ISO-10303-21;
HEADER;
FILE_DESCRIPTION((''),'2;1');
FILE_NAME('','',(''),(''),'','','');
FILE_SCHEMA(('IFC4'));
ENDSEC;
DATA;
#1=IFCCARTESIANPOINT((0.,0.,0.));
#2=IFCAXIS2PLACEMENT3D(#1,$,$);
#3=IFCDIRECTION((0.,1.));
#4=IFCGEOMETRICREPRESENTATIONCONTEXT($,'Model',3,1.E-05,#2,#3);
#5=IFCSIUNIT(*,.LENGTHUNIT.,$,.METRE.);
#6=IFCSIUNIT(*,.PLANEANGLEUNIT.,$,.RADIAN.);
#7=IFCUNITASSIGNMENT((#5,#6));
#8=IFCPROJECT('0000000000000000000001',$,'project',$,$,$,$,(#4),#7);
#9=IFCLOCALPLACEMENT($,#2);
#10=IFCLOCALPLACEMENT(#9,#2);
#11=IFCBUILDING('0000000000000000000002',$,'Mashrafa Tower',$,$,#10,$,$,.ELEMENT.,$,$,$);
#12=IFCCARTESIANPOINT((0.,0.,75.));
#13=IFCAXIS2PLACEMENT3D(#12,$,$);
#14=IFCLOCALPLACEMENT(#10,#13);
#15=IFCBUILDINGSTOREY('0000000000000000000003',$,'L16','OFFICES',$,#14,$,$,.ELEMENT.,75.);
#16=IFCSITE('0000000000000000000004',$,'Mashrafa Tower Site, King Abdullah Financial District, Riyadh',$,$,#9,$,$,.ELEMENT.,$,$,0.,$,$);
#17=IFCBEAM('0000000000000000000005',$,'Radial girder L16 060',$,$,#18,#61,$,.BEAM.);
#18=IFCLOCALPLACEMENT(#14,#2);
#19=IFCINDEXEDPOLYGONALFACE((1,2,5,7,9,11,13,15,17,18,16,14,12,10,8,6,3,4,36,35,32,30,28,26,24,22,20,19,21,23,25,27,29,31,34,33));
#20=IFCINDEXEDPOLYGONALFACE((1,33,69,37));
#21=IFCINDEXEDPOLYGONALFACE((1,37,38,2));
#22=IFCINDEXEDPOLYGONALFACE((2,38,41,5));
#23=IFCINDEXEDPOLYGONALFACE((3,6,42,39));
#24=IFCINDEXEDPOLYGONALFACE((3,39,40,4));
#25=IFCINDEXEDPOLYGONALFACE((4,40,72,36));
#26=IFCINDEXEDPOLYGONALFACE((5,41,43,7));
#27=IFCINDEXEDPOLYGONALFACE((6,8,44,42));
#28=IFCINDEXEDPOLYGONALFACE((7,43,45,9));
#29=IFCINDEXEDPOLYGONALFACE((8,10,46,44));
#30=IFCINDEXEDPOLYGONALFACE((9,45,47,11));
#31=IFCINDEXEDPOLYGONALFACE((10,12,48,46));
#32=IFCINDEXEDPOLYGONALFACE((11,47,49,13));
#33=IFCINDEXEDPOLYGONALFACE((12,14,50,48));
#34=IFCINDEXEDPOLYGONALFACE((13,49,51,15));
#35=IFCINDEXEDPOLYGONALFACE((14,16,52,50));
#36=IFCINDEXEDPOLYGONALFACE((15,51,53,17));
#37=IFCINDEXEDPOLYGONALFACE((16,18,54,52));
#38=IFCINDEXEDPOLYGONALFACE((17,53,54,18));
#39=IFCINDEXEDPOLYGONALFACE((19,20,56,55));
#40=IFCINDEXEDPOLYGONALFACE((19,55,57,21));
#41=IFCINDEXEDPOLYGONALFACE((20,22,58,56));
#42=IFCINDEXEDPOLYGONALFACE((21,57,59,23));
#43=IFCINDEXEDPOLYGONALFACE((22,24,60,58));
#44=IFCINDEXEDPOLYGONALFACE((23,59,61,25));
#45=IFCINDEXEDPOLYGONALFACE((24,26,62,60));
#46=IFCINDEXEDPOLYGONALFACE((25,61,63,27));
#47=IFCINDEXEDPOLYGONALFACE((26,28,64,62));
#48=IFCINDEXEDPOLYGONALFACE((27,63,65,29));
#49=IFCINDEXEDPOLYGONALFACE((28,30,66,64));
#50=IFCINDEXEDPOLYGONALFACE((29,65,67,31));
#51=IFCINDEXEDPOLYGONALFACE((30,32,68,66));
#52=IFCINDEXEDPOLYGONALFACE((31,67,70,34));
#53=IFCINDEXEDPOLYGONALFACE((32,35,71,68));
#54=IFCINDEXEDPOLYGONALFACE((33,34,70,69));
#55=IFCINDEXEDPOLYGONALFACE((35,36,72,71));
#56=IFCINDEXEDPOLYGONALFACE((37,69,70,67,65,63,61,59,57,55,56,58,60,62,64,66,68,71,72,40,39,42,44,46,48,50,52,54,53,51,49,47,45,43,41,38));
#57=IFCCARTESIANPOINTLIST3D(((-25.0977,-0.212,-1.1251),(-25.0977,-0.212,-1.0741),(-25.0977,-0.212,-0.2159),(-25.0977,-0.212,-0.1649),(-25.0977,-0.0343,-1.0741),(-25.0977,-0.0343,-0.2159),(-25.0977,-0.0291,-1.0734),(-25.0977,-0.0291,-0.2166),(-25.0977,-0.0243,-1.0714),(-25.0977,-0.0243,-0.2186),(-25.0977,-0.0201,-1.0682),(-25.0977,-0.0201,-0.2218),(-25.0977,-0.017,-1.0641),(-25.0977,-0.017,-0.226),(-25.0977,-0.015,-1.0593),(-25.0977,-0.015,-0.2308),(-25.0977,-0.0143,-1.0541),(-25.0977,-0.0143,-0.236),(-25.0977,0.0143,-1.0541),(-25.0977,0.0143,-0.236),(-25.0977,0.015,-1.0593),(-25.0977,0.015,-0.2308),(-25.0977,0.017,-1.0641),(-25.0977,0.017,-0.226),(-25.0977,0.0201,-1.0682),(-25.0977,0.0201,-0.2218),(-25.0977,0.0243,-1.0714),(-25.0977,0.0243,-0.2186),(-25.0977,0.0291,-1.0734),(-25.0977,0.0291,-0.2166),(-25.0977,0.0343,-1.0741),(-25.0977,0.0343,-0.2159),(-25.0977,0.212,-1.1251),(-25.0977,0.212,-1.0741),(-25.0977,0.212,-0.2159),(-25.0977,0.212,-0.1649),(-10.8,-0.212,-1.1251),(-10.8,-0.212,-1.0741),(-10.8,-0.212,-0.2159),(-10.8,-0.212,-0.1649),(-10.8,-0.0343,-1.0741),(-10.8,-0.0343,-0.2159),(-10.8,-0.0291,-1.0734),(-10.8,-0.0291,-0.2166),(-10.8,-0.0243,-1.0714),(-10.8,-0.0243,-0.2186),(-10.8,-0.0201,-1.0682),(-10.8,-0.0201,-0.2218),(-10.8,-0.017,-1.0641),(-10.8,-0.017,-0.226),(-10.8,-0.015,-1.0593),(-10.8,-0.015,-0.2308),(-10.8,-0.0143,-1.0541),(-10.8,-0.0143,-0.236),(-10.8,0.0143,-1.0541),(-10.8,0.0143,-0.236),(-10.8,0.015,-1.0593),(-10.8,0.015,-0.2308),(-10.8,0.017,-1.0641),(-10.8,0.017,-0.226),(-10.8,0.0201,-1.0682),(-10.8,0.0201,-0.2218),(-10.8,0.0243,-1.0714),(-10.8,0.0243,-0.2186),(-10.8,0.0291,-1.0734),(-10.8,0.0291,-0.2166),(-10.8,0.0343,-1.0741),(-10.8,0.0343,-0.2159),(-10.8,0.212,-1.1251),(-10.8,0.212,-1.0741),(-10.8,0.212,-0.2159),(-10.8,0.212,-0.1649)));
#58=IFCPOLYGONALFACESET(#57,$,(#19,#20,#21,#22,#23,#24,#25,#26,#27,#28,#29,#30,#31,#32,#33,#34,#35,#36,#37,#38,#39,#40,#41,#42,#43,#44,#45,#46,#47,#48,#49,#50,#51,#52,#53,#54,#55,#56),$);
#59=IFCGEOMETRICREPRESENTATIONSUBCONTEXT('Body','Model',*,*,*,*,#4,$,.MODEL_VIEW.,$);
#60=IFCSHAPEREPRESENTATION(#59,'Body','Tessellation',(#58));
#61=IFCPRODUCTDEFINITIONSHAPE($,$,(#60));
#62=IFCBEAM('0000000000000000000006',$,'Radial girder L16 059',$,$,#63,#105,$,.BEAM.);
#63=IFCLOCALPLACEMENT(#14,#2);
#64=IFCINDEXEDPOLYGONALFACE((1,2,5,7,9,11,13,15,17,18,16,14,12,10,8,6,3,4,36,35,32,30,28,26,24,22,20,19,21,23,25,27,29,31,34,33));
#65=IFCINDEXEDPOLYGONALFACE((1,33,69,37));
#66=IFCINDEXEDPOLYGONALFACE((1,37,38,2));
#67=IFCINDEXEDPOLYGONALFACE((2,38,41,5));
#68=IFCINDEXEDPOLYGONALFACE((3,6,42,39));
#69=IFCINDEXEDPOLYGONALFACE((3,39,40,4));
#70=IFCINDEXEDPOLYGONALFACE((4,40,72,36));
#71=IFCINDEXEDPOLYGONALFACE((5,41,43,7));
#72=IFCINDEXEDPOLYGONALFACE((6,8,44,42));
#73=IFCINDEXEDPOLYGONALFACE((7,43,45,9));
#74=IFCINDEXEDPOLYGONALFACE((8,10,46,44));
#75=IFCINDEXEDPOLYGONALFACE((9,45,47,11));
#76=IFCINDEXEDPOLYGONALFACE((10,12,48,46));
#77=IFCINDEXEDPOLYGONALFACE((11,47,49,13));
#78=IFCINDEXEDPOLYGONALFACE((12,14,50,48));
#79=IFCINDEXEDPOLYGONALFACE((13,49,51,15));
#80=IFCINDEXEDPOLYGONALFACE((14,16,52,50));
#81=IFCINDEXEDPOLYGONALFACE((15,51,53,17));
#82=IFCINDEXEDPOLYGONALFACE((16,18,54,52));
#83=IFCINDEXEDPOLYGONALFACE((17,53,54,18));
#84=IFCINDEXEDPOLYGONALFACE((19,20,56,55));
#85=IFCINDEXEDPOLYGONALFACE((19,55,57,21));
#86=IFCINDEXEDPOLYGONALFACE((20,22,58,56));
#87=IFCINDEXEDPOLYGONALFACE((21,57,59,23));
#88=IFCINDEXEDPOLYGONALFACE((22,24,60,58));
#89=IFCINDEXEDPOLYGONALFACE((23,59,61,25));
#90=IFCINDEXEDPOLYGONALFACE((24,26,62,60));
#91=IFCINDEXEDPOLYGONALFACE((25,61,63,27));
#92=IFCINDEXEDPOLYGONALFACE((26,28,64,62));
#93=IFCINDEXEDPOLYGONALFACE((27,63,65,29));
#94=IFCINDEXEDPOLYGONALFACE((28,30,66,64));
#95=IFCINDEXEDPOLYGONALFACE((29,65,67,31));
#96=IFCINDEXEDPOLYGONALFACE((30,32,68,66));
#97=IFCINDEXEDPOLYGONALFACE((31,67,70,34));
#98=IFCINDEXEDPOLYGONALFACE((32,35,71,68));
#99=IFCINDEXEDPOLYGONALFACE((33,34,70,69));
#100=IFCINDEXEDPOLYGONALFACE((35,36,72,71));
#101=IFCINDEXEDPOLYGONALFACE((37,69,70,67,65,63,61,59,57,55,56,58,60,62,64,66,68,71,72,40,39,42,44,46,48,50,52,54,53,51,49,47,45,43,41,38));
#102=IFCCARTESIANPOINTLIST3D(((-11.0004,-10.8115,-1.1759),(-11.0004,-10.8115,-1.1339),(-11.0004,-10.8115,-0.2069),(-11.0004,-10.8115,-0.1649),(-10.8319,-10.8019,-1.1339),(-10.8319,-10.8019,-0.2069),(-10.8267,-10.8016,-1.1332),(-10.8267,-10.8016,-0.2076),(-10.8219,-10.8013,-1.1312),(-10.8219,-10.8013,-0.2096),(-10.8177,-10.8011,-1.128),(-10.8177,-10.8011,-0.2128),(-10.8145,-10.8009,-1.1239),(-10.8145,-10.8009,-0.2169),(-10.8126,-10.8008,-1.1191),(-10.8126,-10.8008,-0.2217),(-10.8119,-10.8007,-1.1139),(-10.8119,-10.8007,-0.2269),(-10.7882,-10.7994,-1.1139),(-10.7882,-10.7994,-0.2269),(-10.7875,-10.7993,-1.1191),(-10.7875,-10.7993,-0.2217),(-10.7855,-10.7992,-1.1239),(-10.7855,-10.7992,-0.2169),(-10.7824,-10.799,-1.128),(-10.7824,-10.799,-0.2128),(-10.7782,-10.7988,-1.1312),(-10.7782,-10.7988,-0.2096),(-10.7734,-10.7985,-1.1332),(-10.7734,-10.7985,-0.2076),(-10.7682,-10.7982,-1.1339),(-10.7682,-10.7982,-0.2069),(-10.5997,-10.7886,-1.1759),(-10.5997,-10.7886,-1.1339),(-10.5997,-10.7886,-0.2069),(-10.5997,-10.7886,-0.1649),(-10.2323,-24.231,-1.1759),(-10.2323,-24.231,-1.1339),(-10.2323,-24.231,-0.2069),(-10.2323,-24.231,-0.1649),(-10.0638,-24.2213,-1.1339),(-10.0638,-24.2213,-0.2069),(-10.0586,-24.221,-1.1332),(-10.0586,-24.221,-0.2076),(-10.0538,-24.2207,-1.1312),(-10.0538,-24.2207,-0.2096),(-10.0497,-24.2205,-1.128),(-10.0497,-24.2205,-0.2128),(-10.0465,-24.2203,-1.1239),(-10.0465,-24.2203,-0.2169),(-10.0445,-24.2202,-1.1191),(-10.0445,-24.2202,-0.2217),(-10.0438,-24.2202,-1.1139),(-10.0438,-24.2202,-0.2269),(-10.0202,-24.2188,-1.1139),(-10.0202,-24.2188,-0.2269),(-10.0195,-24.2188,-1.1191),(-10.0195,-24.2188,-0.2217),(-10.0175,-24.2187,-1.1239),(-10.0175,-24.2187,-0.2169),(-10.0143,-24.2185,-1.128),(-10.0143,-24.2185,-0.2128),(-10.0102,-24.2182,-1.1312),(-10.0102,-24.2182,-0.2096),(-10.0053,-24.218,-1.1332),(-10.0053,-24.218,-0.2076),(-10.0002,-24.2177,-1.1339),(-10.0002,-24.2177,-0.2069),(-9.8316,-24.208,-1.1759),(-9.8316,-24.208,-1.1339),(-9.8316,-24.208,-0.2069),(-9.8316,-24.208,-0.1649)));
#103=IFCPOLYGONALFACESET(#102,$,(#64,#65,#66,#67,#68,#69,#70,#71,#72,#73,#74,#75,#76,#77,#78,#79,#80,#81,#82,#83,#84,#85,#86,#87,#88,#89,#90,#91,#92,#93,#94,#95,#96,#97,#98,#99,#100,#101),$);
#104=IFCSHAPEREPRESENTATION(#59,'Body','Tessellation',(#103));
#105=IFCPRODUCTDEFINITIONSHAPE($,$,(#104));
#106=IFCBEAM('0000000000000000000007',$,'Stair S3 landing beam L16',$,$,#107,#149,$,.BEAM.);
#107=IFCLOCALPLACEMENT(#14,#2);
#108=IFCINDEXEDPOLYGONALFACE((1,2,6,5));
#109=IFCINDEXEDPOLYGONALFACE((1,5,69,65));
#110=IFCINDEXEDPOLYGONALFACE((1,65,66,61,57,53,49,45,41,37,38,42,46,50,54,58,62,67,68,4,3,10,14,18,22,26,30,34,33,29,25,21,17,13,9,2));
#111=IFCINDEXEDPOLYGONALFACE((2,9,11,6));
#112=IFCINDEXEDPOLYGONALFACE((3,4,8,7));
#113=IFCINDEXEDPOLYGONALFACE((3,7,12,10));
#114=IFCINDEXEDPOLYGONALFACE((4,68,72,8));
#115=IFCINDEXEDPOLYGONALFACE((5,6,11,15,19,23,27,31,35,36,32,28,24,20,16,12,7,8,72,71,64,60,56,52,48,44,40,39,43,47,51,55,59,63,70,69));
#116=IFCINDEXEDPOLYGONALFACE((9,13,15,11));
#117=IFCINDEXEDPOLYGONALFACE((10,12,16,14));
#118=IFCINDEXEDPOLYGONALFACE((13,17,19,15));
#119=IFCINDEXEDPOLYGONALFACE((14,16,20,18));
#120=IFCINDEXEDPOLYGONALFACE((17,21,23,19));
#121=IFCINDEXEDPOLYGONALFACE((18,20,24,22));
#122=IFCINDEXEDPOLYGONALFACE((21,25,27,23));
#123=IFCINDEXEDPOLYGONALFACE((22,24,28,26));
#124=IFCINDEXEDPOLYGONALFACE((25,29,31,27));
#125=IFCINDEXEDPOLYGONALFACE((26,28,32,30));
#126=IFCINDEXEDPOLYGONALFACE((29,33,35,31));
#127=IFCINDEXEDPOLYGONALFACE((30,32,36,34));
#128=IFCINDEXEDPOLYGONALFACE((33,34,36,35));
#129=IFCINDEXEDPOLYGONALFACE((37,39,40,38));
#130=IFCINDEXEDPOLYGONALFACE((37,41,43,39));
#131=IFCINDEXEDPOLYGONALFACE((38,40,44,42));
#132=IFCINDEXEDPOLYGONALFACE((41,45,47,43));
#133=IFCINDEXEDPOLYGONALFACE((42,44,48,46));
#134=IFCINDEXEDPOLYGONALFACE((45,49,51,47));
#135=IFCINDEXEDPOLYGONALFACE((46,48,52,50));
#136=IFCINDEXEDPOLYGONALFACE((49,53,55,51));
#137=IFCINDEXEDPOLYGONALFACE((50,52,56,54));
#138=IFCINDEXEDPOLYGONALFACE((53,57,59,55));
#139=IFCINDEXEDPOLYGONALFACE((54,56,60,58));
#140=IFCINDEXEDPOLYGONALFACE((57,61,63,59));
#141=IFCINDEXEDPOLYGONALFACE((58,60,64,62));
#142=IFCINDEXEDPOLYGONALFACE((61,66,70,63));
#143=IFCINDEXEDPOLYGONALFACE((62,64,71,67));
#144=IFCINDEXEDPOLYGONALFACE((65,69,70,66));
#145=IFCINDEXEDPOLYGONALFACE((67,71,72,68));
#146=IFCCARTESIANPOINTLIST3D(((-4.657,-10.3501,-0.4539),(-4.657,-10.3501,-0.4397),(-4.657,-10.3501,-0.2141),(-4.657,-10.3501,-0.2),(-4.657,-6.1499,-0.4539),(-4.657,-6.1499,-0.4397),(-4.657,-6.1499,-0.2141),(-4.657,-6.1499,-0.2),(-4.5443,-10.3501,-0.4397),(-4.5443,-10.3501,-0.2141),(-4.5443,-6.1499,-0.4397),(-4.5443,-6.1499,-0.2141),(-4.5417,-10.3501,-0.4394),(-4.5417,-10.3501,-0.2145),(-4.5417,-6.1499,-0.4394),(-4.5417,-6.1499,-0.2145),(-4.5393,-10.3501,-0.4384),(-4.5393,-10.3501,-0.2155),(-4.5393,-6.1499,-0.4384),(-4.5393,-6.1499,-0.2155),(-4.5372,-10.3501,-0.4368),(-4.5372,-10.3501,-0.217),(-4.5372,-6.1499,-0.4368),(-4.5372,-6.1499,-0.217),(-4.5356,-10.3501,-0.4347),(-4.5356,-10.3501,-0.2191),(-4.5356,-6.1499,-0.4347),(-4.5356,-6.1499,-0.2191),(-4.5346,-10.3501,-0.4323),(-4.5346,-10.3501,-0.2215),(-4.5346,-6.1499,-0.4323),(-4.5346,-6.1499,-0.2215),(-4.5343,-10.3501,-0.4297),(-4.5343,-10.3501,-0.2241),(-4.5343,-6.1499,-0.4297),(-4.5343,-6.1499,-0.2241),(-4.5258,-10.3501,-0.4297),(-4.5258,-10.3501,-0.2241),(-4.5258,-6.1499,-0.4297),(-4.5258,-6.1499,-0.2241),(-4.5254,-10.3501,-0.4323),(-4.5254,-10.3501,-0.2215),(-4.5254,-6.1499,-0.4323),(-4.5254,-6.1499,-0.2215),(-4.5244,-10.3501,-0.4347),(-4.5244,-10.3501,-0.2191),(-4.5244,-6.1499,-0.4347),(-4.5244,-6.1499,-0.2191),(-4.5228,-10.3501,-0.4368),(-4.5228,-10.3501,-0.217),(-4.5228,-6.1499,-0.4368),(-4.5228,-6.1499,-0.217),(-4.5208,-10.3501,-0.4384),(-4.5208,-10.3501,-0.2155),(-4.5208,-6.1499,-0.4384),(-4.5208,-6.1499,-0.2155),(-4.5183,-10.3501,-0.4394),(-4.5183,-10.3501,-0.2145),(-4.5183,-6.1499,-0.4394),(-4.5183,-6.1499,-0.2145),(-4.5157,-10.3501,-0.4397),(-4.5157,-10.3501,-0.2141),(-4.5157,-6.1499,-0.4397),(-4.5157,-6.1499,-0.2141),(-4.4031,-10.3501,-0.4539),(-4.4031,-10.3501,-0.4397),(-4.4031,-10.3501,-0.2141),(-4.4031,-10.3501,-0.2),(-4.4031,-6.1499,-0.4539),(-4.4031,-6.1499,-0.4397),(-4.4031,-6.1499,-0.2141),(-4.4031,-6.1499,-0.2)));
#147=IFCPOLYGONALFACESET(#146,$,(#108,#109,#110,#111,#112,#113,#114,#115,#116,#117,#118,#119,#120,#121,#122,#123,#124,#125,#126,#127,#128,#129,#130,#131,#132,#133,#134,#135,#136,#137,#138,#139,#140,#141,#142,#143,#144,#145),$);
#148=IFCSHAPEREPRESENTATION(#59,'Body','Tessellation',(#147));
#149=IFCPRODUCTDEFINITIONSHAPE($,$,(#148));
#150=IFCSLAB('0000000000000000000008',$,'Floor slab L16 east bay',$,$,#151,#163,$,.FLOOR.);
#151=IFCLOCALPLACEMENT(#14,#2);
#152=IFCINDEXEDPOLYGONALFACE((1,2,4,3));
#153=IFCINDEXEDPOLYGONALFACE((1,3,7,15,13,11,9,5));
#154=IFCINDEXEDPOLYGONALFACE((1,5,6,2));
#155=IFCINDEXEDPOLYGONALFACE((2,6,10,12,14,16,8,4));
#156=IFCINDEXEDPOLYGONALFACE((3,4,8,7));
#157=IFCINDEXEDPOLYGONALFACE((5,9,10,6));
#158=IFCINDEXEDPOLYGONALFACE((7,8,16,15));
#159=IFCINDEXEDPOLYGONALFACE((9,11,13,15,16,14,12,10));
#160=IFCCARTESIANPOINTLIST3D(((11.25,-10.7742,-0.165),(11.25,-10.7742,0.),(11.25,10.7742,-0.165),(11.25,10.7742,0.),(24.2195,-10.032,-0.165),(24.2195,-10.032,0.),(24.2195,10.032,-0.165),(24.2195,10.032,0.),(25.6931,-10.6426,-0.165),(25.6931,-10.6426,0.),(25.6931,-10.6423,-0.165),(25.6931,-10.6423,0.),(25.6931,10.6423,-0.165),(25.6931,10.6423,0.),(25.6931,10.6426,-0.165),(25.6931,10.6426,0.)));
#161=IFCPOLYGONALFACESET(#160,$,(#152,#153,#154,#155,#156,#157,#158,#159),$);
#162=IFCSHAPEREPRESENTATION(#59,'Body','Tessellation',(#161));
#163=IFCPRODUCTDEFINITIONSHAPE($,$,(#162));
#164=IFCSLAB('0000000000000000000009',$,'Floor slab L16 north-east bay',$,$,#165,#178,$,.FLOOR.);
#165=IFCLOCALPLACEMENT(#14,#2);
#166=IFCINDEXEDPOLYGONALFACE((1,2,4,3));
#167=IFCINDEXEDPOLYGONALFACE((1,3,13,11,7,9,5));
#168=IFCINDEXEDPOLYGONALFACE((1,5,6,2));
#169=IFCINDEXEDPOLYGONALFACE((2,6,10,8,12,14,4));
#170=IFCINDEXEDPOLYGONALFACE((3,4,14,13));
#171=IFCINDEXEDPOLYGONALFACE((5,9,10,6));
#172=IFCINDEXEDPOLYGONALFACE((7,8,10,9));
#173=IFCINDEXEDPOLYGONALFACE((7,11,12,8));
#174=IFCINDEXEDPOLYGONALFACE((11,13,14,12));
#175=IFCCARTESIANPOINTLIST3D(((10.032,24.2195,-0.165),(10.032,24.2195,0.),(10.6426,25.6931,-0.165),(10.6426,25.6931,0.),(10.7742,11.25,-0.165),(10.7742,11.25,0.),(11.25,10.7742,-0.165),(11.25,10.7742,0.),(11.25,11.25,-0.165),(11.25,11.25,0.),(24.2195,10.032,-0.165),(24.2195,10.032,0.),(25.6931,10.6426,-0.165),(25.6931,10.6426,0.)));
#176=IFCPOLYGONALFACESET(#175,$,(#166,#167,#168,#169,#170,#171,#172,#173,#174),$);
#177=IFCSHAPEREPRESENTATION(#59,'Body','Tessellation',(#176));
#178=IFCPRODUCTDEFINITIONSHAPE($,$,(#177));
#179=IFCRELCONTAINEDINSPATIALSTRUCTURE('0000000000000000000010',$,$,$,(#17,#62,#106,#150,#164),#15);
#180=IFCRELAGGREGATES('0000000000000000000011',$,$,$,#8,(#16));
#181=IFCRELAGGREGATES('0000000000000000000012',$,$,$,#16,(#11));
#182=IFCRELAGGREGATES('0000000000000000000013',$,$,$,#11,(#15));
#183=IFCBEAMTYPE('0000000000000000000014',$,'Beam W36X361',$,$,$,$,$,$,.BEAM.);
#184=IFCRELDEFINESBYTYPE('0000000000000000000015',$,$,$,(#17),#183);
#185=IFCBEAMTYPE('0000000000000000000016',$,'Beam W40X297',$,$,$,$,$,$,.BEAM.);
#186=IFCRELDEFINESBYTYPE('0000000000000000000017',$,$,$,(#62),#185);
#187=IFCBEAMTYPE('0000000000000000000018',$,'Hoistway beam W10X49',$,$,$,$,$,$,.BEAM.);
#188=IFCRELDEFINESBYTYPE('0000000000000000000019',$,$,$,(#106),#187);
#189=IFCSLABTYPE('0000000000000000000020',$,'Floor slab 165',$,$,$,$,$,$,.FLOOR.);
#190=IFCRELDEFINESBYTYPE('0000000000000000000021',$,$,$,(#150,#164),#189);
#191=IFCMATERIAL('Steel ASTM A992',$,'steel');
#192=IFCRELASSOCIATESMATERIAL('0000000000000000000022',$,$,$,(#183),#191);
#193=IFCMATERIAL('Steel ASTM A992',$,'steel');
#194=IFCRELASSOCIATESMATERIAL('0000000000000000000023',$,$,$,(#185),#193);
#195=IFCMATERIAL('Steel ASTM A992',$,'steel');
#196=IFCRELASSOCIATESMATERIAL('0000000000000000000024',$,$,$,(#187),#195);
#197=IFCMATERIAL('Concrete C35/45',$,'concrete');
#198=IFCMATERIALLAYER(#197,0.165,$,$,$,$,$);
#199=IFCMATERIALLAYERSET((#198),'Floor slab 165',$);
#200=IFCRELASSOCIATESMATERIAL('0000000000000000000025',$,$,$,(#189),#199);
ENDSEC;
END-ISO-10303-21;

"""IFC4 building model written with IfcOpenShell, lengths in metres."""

from ifc_helpers import new_model, si_unit, direction, frame, origin, origin_2d, place, context, subcontext, project, spatial, polyline, i_section, outline, extrude, material, layer, layer_set, material_profile, profile_set, type_object, element, save


model = new_model("IFC4")

# Units and contexts
model_context = context("Model", 3, precision=1e-05, world=origin(), true_north=direction((0.0, 1.0)))
body_context = subcontext(model_context, "Body", "Model", "MODEL_VIEW")
ifc_project = project(units=[si_unit("LENGTHUNIT", "METRE"), si_unit("PLANEANGLEUNIT", "RADIAN")], contexts=[model_context])

# Site, building, storey
site_placement = place(None, origin())
site = spatial("IfcSite", under=ifc_project, at=site_placement, Name="Mashrafa Tower Site, King Abdullah Financial District, Riyadh", CompositionType="ELEMENT", RefElevation=0.0)
building_placement = place(site_placement, origin())
building = spatial("IfcBuilding", under=site, at=building_placement, Name="Mashrafa Tower", CompositionType="ELEMENT")
storey_placement = place(building_placement, frame((0.0, 0.0, 75.0)))
storey = spatial("IfcBuildingStorey", under=building, at=storey_placement, Name="L16", Description="OFFICES", CompositionType="ELEMENT", Elevation=75.0)

# Beams
ifc_material_1 = material(Name="Steel ASTM A992", Category="steel")
ifc_material_profile_1 = material_profile(ifc_material_1, i_section(OverallWidth=0.4241, OverallDepth=0.9602, WebThickness=0.0286, FlangeThickness=0.051, FilletRadius=0.02, at=origin_2d()), Name="W36X361")
ifc_profile_set_1 = profile_set([ifc_material_profile_1], Name="Steel ASTM A992")
beam_type_1 = type_object("IfcBeamType", Name="Beam W36X361", PredefinedType="BEAM", material=ifc_profile_set_1)
beam_1_placement = place(storey_placement, frame((-10.8, 0.0, -0.645), z_axis=(-1.0, 0.0, 0.0), x_axis=(0.0, -1.0, 0.0)))
element("IfcBeam", 1, at=beam_1_placement, inside=storey, type_object=beam_type_1, Name="Radial girder L16 060", PredefinedType="BEAM", context=body_context, shape_type="SweptSolid", body=[
    extrude(i_section(OverallWidth=0.4241, OverallDepth=0.9602, WebThickness=0.0286, FlangeThickness=0.051, FilletRadius=0.02, at=origin_2d()), origin(), (0.0, 0.0, 1.0), 14.2976),
])
ifc_material_2 = material(Name="Steel ASTM A992", Category="steel")
ifc_material_profile_2 = material_profile(ifc_material_2, i_section(OverallWidth=0.4014, OverallDepth=1.011, WebThickness=0.0237, FlangeThickness=0.042, FilletRadius=0.02, at=origin_2d()), Name="W40X297")
ifc_profile_set_2 = profile_set([ifc_material_profile_2], Name="Steel ASTM A992")
beam_type_2 = type_object("IfcBeamType", Name="Beam W40X297", PredefinedType="BEAM", material=ifc_profile_set_2)
beam_2_placement = place(storey_placement, frame((-10.8, -10.8, -0.6704), z_axis=(0.057142, -0.998366, 0.0), x_axis=(0.998366, 0.057142, 0.0)))
element("IfcBeam", 2, at=beam_2_placement, inside=storey, type_object=beam_type_2, Name="Radial girder L16 059", PredefinedType="BEAM", context=body_context, shape_type="SweptSolid", body=[
    extrude(i_section(OverallWidth=0.4014, OverallDepth=1.011, WebThickness=0.0237, FlangeThickness=0.042, FilletRadius=0.02, at=origin_2d()), origin(), (0.0, 0.0, 1.0), 13.4414),
])
ifc_material_3 = material(Name="Steel ASTM A992", Category="steel")
ifc_material_profile_3 = material_profile(ifc_material_3, i_section(OverallWidth=0.2539, OverallDepth=0.2539, WebThickness=0.0085, FlangeThickness=0.0142, FilletRadius=0.01, at=origin_2d()), Name="W10X49")
ifc_profile_set_3 = profile_set([ifc_material_profile_3], Name="Steel ASTM A992")
beam_type_3 = type_object("IfcBeamType", Name="Hoistway beam W10X49", PredefinedType="BEAM", material=ifc_profile_set_3)
beam_3_placement = place(storey_placement, frame((-4.53, -10.3501, -0.3269), z_axis=(0.0, 1.0, 0.0), x_axis=(-1.0, 0.0, 0.0)))
element("IfcBeam", 3, at=beam_3_placement, inside=storey, type_object=beam_type_3, Name="Stair S3 landing beam L16", PredefinedType="BEAM", context=body_context, shape_type="SweptSolid", body=[
    extrude(i_section(OverallWidth=0.2539, OverallDepth=0.2539, WebThickness=0.0085, FlangeThickness=0.0142, FilletRadius=0.01, at=origin_2d()), origin(), (0.0, 0.0, 1.0), 4.2002),
])

# Slabs
ifc_material_4 = material(Name="Concrete C35/45", Category="concrete")
ifc_layer_1 = layer(ifc_material_4, 0.165)
ifc_layer_set_1 = layer_set([ifc_layer_1], Name="Floor slab 165")
slab_type = type_object("IfcSlabType", Name="Floor slab 165", PredefinedType="FLOOR", material=ifc_layer_set_1)
slab_1_placement = place(storey_placement, frame((0.0, 0.0, -0.165)))
element("IfcSlab", 4, at=slab_1_placement, inside=storey, type_object=slab_type, Name="Floor slab L16 east bay", PredefinedType="FLOOR", context=body_context, shape_type="SweptSolid", body=[
    extrude(outline(polyline([(25.6931, 10.6423), (25.6931, -10.6423), (25.6931, -10.6426), (24.2195, -10.032), (11.25, -10.7742), (11.25, 10.7742), (24.2195, 10.032), (25.6931, 10.6426), (25.6931, 10.6423)])), origin(), (0.0, 0.0, 1.0), 0.165),
])
slab_2_placement = place(storey_placement, frame((0.0, 0.0, -0.165)))
element("IfcSlab", 5, at=slab_2_placement, inside=storey, type_object=slab_type, Name="Floor slab L16 north-east bay", PredefinedType="FLOOR", context=body_context, shape_type="SweptSolid", body=[
    extrude(outline(polyline([(25.6931, 10.6426), (24.2195, 10.032), (11.25, 10.7742), (11.25, 11.25), (10.7742, 11.25), (10.032, 24.2195), (10.6426, 25.6931), (25.6931, 10.6426)])), origin(), (0.0, 0.0, 1.0), 0.165),
])

save(model, "model.ifc")
